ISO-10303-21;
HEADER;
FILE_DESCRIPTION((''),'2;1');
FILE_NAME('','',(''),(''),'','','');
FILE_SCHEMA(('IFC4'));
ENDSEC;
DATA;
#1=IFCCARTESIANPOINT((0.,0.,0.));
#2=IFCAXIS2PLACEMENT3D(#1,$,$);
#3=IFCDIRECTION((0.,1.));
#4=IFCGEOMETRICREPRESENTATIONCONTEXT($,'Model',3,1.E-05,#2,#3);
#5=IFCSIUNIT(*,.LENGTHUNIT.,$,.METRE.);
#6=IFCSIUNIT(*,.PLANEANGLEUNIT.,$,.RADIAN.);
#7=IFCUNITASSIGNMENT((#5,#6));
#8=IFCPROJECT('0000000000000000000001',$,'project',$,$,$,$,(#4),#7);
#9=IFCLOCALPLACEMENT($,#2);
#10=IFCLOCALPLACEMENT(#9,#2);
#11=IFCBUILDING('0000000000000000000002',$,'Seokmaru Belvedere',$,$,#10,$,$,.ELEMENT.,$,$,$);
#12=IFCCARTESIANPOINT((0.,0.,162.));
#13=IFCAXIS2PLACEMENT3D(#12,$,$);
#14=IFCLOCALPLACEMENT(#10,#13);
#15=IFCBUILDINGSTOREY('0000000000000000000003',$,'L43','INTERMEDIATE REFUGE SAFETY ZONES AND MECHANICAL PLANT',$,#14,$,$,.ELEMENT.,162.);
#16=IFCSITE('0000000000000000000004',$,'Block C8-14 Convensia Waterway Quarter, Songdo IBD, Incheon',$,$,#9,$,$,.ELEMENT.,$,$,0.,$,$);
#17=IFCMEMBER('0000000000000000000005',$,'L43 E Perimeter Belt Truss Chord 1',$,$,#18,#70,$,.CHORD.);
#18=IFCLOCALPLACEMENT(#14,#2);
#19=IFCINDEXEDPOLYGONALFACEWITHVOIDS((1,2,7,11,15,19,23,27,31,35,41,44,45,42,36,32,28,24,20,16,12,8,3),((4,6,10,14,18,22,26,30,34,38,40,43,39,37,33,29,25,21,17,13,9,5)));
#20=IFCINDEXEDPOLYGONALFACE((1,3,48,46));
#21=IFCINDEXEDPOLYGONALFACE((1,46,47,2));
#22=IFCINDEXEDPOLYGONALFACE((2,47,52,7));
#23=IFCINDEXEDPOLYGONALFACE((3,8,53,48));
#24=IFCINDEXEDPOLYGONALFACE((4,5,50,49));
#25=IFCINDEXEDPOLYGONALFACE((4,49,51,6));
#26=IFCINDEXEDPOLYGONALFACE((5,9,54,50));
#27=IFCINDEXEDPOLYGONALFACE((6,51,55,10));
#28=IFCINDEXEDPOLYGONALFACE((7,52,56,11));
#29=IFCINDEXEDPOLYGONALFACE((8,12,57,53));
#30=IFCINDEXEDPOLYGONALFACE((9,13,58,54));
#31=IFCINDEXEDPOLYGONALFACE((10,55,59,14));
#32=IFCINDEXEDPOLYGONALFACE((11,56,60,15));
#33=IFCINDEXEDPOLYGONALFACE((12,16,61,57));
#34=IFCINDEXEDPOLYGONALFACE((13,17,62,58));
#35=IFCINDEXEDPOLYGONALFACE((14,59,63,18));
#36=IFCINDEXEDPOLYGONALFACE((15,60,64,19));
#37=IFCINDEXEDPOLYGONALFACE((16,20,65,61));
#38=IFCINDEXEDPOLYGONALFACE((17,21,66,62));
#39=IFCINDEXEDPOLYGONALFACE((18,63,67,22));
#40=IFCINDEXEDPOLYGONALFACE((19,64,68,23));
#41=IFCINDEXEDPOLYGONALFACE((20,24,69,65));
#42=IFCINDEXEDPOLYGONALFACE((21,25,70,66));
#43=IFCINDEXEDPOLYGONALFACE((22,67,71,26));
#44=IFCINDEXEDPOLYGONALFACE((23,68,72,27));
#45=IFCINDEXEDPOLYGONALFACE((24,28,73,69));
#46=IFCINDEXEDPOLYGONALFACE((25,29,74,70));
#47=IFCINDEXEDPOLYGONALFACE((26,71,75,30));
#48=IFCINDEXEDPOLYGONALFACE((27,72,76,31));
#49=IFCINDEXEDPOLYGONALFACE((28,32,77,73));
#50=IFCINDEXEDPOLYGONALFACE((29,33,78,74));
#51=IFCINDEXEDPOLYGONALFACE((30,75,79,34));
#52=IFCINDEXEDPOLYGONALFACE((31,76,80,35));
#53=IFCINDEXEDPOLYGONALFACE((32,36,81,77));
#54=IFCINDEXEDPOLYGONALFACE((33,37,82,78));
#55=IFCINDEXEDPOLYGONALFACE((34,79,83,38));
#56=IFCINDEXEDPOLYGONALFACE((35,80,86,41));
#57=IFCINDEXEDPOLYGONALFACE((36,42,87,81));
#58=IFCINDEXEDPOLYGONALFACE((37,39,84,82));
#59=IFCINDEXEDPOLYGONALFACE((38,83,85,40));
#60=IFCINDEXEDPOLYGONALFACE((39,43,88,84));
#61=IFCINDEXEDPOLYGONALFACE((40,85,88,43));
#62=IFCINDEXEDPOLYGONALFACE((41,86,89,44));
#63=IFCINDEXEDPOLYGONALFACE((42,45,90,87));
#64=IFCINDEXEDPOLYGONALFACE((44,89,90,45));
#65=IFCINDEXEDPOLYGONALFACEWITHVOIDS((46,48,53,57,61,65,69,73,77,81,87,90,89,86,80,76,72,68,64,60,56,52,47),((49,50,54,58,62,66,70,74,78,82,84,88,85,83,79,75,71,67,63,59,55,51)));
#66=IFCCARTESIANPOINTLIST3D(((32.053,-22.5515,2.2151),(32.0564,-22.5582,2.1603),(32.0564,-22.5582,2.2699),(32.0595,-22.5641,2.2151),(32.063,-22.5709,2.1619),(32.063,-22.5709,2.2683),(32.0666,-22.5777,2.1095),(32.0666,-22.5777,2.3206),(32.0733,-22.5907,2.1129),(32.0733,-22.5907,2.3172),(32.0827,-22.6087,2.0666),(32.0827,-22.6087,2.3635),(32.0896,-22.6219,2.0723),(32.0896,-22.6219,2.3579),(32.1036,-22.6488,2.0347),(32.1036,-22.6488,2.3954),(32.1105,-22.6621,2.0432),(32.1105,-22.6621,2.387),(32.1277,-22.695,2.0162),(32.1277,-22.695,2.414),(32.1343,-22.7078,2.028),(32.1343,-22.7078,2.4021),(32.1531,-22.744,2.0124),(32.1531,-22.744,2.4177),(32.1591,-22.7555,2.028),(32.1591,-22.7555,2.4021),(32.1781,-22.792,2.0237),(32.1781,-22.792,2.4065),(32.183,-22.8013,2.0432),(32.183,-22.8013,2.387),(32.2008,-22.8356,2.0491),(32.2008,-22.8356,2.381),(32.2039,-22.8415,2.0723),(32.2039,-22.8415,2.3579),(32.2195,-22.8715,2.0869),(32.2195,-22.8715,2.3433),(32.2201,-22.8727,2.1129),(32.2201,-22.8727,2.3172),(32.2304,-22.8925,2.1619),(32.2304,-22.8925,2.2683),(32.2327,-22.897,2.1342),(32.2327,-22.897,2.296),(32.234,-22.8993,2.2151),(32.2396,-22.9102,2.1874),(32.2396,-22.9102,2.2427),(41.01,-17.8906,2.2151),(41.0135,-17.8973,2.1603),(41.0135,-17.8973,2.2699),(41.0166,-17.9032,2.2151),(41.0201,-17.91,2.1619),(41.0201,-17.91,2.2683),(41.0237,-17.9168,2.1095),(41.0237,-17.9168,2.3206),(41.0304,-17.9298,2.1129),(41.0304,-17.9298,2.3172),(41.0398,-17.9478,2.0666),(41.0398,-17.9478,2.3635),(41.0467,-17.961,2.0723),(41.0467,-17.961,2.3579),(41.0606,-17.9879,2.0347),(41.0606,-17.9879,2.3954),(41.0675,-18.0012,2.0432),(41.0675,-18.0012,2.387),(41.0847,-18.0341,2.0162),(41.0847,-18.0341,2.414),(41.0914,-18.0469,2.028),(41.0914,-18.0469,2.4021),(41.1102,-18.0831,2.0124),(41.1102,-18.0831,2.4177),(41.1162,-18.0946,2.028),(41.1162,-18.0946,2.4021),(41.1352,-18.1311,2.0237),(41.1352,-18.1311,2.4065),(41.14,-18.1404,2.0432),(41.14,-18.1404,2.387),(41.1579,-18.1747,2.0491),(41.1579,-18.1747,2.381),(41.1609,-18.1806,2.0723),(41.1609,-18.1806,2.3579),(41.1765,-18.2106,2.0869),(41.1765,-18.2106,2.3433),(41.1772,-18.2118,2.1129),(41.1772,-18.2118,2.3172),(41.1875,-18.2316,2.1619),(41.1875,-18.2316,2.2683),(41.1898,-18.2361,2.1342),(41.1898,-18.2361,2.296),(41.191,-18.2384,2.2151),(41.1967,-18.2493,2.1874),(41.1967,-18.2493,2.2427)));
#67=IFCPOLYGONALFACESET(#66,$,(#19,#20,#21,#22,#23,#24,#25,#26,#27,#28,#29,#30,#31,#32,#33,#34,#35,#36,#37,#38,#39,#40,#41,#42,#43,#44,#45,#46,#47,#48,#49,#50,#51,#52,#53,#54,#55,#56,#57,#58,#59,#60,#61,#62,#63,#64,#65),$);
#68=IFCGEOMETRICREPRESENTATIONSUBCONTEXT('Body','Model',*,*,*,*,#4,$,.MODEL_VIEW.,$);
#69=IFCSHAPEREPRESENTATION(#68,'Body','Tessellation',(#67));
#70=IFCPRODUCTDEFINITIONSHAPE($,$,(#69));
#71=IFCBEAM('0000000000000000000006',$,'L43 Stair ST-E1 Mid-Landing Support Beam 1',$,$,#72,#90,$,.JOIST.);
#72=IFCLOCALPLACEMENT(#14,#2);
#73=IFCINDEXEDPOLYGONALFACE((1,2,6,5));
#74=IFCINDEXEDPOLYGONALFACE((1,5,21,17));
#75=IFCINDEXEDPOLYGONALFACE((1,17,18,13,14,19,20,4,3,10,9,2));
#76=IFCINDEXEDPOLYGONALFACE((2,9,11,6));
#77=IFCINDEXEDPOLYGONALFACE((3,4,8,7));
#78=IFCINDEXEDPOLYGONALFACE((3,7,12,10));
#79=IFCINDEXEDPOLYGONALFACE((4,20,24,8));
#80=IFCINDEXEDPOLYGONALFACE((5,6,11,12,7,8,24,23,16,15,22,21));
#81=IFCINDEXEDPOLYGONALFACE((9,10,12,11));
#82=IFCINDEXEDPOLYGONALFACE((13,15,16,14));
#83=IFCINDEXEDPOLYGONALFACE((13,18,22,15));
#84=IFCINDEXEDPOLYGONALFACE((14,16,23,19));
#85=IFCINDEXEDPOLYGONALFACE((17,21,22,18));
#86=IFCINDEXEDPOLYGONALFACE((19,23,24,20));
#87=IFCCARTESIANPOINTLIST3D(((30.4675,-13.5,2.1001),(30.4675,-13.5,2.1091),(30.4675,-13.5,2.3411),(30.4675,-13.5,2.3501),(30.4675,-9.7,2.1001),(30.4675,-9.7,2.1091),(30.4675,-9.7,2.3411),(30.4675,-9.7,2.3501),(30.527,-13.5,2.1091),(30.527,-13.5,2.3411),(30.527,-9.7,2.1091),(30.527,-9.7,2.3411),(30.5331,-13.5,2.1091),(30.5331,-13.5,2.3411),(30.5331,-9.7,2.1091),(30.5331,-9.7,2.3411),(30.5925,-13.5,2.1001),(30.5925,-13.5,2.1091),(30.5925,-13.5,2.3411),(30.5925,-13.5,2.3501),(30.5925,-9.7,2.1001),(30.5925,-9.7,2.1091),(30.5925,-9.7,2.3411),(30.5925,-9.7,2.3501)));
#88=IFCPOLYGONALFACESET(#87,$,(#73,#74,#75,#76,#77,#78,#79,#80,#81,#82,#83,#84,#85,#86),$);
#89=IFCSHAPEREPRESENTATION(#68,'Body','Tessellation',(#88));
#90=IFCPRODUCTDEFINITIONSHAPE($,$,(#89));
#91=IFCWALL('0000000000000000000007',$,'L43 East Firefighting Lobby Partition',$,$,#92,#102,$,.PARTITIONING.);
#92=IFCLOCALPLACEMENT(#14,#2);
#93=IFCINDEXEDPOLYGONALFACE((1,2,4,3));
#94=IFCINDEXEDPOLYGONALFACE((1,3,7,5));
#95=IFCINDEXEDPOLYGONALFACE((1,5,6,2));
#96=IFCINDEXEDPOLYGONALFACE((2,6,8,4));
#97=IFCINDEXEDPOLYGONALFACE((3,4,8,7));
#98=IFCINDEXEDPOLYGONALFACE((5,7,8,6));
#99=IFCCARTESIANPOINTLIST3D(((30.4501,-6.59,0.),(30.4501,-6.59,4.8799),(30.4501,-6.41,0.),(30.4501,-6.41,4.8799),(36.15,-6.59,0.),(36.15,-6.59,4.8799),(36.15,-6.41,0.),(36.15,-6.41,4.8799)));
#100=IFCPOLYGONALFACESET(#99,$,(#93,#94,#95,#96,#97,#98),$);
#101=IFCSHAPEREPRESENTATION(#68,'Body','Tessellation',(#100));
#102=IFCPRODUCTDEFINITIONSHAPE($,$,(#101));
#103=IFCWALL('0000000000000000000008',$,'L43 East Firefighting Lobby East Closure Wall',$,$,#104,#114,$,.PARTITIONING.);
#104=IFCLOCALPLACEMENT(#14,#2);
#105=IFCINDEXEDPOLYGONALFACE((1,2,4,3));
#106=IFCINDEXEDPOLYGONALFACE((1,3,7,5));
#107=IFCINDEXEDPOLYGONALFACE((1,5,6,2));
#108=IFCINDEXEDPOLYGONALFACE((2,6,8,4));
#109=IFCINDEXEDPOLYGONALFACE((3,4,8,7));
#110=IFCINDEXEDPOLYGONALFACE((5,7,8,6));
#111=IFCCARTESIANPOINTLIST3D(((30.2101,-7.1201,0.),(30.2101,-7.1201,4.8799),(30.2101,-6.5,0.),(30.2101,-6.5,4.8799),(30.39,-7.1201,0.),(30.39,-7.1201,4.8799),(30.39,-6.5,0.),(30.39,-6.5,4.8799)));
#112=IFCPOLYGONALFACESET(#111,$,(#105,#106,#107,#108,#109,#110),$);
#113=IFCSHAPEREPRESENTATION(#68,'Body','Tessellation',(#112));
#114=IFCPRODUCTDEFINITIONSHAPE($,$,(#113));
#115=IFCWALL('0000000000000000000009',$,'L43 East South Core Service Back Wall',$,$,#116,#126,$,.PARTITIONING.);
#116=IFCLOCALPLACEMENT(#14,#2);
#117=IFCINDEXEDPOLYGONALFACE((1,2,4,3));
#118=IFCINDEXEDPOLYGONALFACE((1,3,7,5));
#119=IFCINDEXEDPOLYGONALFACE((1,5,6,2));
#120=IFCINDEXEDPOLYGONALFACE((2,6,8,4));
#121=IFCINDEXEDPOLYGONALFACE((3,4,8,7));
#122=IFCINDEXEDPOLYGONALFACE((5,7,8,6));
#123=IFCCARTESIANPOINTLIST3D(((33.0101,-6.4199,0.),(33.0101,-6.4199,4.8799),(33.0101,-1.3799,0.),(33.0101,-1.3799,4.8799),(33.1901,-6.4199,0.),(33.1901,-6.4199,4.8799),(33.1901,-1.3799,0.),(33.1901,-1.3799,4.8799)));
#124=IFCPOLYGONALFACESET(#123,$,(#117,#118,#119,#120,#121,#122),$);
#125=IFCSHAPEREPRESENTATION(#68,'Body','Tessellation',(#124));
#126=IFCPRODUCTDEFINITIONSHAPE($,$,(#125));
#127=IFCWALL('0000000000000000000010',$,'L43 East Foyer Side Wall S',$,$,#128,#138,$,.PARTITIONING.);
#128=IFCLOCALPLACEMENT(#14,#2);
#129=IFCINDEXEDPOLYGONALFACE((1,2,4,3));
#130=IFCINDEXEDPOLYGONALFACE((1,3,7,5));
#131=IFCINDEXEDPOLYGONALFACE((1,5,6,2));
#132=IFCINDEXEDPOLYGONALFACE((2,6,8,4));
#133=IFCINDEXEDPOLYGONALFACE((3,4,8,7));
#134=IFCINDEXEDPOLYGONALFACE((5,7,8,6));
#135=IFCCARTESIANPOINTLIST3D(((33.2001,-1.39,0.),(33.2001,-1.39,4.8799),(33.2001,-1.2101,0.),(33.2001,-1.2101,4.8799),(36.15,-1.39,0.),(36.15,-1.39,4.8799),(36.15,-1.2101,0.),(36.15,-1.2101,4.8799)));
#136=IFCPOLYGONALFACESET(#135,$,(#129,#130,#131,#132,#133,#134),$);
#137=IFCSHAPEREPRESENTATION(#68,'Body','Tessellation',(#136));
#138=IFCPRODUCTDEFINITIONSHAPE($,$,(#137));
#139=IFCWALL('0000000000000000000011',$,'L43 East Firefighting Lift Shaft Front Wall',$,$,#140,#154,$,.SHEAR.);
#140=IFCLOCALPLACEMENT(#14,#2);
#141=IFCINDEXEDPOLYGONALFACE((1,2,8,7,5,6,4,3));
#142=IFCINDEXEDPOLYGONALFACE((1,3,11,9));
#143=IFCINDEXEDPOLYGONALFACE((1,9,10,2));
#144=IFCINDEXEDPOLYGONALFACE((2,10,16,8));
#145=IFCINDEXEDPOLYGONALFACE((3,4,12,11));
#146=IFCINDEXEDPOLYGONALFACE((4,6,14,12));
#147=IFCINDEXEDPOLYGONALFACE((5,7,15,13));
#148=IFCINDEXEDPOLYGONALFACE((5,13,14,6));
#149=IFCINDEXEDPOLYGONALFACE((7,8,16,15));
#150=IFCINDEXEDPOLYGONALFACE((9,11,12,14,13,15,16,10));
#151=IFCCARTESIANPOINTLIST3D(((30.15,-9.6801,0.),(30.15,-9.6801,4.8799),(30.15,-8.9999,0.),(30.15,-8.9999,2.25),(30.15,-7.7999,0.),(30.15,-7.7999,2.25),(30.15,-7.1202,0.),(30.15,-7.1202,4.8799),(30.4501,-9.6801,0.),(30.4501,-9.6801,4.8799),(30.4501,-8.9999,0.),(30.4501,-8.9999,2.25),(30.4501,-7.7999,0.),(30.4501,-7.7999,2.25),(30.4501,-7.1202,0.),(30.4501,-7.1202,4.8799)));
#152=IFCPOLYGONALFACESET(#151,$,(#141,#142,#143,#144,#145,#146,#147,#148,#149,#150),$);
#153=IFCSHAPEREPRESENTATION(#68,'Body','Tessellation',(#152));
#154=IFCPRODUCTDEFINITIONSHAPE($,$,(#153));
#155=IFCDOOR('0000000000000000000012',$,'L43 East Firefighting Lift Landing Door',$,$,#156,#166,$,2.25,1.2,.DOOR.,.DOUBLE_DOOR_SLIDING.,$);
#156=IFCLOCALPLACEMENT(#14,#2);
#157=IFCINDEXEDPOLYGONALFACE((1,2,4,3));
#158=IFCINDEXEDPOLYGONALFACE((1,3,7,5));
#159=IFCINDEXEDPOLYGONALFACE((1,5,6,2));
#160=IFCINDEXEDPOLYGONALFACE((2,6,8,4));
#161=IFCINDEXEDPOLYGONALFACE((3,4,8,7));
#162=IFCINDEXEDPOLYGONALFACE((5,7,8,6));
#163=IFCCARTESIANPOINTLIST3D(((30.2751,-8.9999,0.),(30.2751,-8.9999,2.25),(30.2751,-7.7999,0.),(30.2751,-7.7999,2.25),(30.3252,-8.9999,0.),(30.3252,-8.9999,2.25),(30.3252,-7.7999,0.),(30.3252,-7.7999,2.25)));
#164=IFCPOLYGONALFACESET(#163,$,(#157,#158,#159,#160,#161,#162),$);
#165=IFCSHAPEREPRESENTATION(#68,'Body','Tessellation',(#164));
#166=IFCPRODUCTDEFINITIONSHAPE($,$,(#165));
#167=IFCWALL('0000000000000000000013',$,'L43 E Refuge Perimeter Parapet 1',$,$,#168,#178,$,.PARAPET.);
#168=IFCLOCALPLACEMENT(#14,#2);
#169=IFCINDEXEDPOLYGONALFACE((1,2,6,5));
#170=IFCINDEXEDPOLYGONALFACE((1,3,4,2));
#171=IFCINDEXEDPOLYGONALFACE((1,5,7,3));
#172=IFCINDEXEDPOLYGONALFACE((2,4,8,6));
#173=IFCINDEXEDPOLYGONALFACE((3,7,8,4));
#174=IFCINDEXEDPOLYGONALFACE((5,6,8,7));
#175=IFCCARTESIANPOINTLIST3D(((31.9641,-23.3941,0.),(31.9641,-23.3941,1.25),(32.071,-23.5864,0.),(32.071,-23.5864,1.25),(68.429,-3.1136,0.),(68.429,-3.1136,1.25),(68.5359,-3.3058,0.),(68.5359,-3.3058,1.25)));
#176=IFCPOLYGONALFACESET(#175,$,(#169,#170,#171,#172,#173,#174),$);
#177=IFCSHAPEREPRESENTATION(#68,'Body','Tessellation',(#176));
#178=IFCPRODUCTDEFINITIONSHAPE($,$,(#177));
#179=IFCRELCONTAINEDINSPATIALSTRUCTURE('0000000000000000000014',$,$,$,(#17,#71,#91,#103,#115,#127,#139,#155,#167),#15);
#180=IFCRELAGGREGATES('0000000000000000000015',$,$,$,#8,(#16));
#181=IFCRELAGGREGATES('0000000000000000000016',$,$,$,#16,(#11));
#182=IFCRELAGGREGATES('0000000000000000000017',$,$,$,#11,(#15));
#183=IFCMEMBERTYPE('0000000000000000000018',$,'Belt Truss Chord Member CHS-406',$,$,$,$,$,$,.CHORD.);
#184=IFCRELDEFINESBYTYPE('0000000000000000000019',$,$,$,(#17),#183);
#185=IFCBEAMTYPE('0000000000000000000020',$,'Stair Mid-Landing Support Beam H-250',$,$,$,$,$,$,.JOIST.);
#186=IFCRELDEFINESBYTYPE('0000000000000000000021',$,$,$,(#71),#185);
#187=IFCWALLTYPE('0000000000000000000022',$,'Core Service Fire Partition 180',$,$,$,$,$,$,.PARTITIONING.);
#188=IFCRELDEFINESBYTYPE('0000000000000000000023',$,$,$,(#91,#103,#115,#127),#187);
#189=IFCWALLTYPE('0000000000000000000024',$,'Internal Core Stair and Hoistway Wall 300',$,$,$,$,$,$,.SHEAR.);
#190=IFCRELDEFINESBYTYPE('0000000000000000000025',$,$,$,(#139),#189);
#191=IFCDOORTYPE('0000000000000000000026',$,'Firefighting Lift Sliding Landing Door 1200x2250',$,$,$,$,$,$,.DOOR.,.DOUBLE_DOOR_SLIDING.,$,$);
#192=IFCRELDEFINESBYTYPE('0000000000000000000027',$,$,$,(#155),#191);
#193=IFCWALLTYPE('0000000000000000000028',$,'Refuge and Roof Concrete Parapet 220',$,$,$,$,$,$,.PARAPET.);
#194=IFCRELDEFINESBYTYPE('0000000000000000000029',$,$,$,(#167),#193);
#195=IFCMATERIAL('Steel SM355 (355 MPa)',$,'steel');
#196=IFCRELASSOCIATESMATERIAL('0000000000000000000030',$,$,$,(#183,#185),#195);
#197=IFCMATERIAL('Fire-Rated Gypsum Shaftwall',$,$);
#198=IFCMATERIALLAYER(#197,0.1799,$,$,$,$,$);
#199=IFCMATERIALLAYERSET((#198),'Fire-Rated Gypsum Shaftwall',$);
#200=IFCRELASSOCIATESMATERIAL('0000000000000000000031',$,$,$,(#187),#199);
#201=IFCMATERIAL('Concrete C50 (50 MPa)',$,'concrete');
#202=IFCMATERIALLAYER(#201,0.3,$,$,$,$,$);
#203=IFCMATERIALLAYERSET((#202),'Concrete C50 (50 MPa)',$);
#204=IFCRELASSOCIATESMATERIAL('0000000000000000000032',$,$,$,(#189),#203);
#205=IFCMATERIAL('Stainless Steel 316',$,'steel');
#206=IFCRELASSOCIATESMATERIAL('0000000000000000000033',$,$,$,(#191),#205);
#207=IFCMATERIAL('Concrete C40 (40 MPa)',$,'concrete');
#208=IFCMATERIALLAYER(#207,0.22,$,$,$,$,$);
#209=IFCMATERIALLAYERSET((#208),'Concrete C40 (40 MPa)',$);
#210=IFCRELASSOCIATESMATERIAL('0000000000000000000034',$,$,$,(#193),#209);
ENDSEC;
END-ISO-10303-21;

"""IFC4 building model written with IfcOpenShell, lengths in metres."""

from ifc_helpers import new_model, si_unit, direction, frame, frame_2d, origin, origin_2d, place, context, subcontext, project, spatial, rectangle, hollow_circle, i_section, extrude, source, transform, mapped, material, layer, layer_set, material_profile, profile_set, type_object, type_shapes, element, fill, save


model = new_model("IFC4")

# Units and contexts
model_context = context("Model", 3, precision=1e-05, world=origin(), true_north=direction((0.0, 1.0)))
body_context = subcontext(model_context, "Body", "Model", "MODEL_VIEW")
ifc_project = project(units=[si_unit("LENGTHUNIT", "METRE"), si_unit("PLANEANGLEUNIT", "RADIAN")], contexts=[model_context])

# Site, building, storey
site_placement = place(None, origin())
site = spatial("IfcSite", under=ifc_project, at=site_placement, Name="Block C8-14 Convensia Waterway Quarter, Songdo IBD, Incheon", CompositionType="ELEMENT", RefElevation=0.0)
building_placement = place(site_placement, origin())
building = spatial("IfcBuilding", under=site, at=building_placement, Name="Seokmaru Belvedere", CompositionType="ELEMENT")
storey_placement = place(building_placement, frame((0.0, 0.0, 162.0)))
storey = spatial("IfcBuildingStorey", under=building, at=storey_placement, Name="L43", Description="INTERMEDIATE REFUGE SAFETY ZONES AND MECHANICAL PLANT", CompositionType="ELEMENT", Elevation=162.0)

# Shared definitions
ifc_material_1 = material(Name="Steel SM355 (355 MPa)", Category="steel")

# Member
ifc_material_profile_1 = material_profile(ifc_material_1, hollow_circle(Radius=0.2031, WallThickness=0.0142, at=origin_2d()), Name="CHS-406.4x14.2")
ifc_profile_set_1 = profile_set([ifc_material_profile_1], Name="Steel SM355 (355 MPa)")
member_type_1 = type_object("IfcMemberType", Name="Belt Truss Chord Member CHS-406", PredefinedType="CHORD", material=ifc_profile_set_1)
shared_shape_1 = source(origin(), body_context, "Body", "SweptSolid", [
    extrude(hollow_circle(Radius=0.2031, WallThickness=0.0142, at=origin_2d()), origin(), (0.0, 0.0, 1.0), 10.0972),
])
type_shapes(member_type_1, [shared_shape_1])
member_1_placement = place(storey_placement, frame((32.1467, -22.7317, 2.2151), z_axis=(0.887086, 0.461605, 0.0), x_axis=(-0.461605, 0.887086, 0.0)))
element("IfcMember", 1, at=member_1_placement, inside=storey, type_object=member_type_1, Name="L43 E Perimeter Belt Truss Chord 1", PredefinedType="CHORD", context=body_context, shape_type="MappedRepresentation", body=[
    mapped(shared_shape_1, transform((0.0, 0.0, 0.0), scale=1.0)),
])

# Beam
ifc_material_profile_2 = material_profile(ifc_material_1, i_section(OverallWidth=0.125, OverallDepth=0.25, WebThickness=0.0061, FlangeThickness=0.009, at=origin_2d()), Name="H-250x125x6x9")
ifc_profile_set_2 = profile_set([ifc_material_profile_2], Name="Steel SM355 (355 MPa)")
beam_type_1 = type_object("IfcBeamType", Name="Stair Mid-Landing Support Beam H-250", PredefinedType="JOIST", material=ifc_profile_set_2)
shared_shape_2 = source(origin(), body_context, "Body", "SweptSolid", [
    extrude(i_section(OverallWidth=0.125, OverallDepth=0.25, WebThickness=0.0061, FlangeThickness=0.009, at=origin_2d()), origin(), (0.0, 0.0, 1.0), 3.8),
])
type_shapes(beam_type_1, [shared_shape_2])
beam_1_placement = place(storey_placement, frame((30.53, -13.5, 2.2251), z_axis=(0.0, 1.0, 0.0), x_axis=(-1.0, 0.0, 0.0)))
element("IfcBeam", 2, at=beam_1_placement, inside=storey, type_object=beam_type_1, Name="L43 Stair ST-E1 Mid-Landing Support Beam 1", PredefinedType="JOIST", context=body_context, shape_type="MappedRepresentation", body=[
    mapped(shared_shape_2, transform((0.0, 0.0, 0.0), scale=1.0)),
])

# Walls
ifc_material_2 = material(Name="Fire-Rated Gypsum Shaftwall")
ifc_layer_1 = layer(ifc_material_2, 0.1799)
ifc_layer_set_1 = layer_set([ifc_layer_1], Name="Fire-Rated Gypsum Shaftwall")
wall_type_1 = type_object("IfcWallType", Name="Core Service Fire Partition 180", PredefinedType="PARTITIONING", material=ifc_layer_set_1)
wall_1_placement = place(storey_placement, frame((30.45, -6.5, 0.0), z_axis=(0.0, 0.0, 1.0), x_axis=(1.0, 0.0, 0.0)))
element("IfcWall", 3, at=wall_1_placement, inside=storey, type_object=wall_type_1, Name="L43 East Firefighting Lobby Partition", PredefinedType="PARTITIONING", context=body_context, shape_type="SweptSolid", body=[
    extrude(rectangle(XDim=5.7, YDim=0.1799, at=frame_2d((2.8501, 0.0))), origin(), (0.0, 0.0, 1.0), 4.8799),
])
wall_2_placement = place(storey_placement, frame((30.3, -7.1201, 0.0), z_axis=(0.0, 0.0, 1.0), x_axis=(0.0, 1.0, 0.0)))
element("IfcWall", 4, at=wall_2_placement, inside=storey, type_object=wall_type_1, Name="L43 East Firefighting Lobby East Closure Wall", PredefinedType="PARTITIONING", context=body_context, shape_type="SweptSolid", body=[
    extrude(rectangle(XDim=0.6201, YDim=0.1799, at=frame_2d((0.3101, 0.0))), origin(), (0.0, 0.0, 1.0), 4.8799),
])
wall_3_placement = place(storey_placement, frame((33.1001, -6.4199, 0.0), z_axis=(0.0, 0.0, 1.0), x_axis=(0.0, 1.0, 0.0)))
element("IfcWall", 5, at=wall_3_placement, inside=storey, type_object=wall_type_1, Name="L43 East South Core Service Back Wall", PredefinedType="PARTITIONING", context=body_context, shape_type="SweptSolid", body=[
    extrude(rectangle(XDim=5.04, YDim=0.1799, at=frame_2d((2.52, 0.0))), origin(), (0.0, 0.0, 1.0), 4.8799),
])
wall_4_placement = place(storey_placement, frame((33.2, -1.3, 0.0), z_axis=(0.0, 0.0, 1.0), x_axis=(1.0, 0.0, 0.0)))
element("IfcWall", 6, at=wall_4_placement, inside=storey, type_object=wall_type_1, Name="L43 East Foyer Side Wall S", PredefinedType="PARTITIONING", context=body_context, shape_type="SweptSolid", body=[
    extrude(rectangle(XDim=2.95, YDim=0.1799, at=frame_2d((1.4751, 0.0))), origin(), (0.0, 0.0, 1.0), 4.8799),
])

# Wall, opening, door
ifc_material_3 = material(Name="Concrete C50 (50 MPa)", Category="concrete")
ifc_layer_2 = layer(ifc_material_3, 0.3)
ifc_layer_set_2 = layer_set([ifc_layer_2], Name="Concrete C50 (50 MPa)")
wall_type_2 = type_object("IfcWallType", Name="Internal Core Stair and Hoistway Wall 300", PredefinedType="SHEAR", material=ifc_layer_set_2)
wall_5_placement = place(storey_placement, frame((30.3, -9.6799, 0.0), z_axis=(0.0, 0.0, 1.0), x_axis=(0.0, 1.0, 0.0)))
wall_5 = element("IfcWall", 7, at=wall_5_placement, inside=storey, type_object=wall_type_2, Name="L43 East Firefighting Lift Shaft Front Wall", PredefinedType="SHEAR", context=body_context, shape_type="SweptSolid", body=[
    extrude(rectangle(XDim=2.5598, YDim=0.3, at=frame_2d((1.2798, 0.0))), origin(), (0.0, 0.0, 1.0), 4.8799),
])
opening_placement = place(wall_5_placement, frame((0.6799, 0.0, 0.0)))
opening = element("IfcOpeningElement", 8, at=opening_placement, cuts=wall_5, PredefinedType="OPENING", context=body_context, shape_type="SweptSolid", body=[
    extrude(rectangle(XDim=1.2, YDim=2.25, at=frame_2d((0.6001, 1.125))), frame((0.0, 0.1602, 0.0), z_axis=(0.0, -1.0, 0.0), x_axis=(1.0, 0.0, 0.0)), (0.0, 0.0, 1.0), 0.3201),
])
ifc_material_4 = material(Name="Stainless Steel 316", Category="steel")
door_type = type_object("IfcDoorType", Name="Firefighting Lift Sliding Landing Door 1200x2250", OperationType="DOUBLE_DOOR_SLIDING", PredefinedType="DOOR", material=ifc_material_4)
shared_shape_3 = source(origin(), body_context, "Body", "SweptSolid", [
    extrude(rectangle(XDim=1.2, YDim=2.25, at=frame_2d((0.6001, 1.125))), frame((0.0, 0.0249, 0.0), z_axis=(0.0, -1.0, 0.0), x_axis=(1.0, 0.0, 0.0)), (0.0, 0.0, 1.0), 0.05),
])
type_shapes(door_type, [shared_shape_3])
door_placement = place(opening_placement, origin())
door = element("IfcDoor", 9, at=door_placement, inside=storey, type_object=door_type, Name="L43 East Firefighting Lift Landing Door", OperationType="DOUBLE_DOOR_SLIDING", OverallHeight=2.25, OverallWidth=1.2, PredefinedType="DOOR", context=body_context, shape_type="MappedRepresentation", body=[
    mapped(shared_shape_3, transform((0.0, 0.0, 0.0), scale=1.0)),
])
fill(opening, door)

# Wall
ifc_material_5 = material(Name="Concrete C40 (40 MPa)", Category="concrete")
ifc_layer_3 = layer(ifc_material_5, 0.22)
ifc_layer_set_3 = layer_set([ifc_layer_3], Name="Concrete C40 (40 MPa)")
wall_type_3 = type_object("IfcWallType", Name="Refuge and Roof Concrete Parapet 220", PredefinedType="PARAPET", material=ifc_layer_set_3)
wall_6_placement = place(storey_placement, frame((32.0176, -23.4902, 0.0), z_axis=(0.0, 0.0, 1.0), x_axis=(0.873931, 0.486051, 0.0)))
element("IfcWall", 10, at=wall_6_placement, inside=storey, type_object=wall_type_3, Name="L43 E Refuge Perimeter Parapet 1", PredefinedType="PARAPET", context=body_context, shape_type="SweptSolid", body=[
    extrude(rectangle(XDim=41.7251, YDim=0.22, at=frame_2d((20.8625, 0.0))), origin(), (0.0, 0.0, 1.0), 1.25),
])

save(model, "model.ifc")
